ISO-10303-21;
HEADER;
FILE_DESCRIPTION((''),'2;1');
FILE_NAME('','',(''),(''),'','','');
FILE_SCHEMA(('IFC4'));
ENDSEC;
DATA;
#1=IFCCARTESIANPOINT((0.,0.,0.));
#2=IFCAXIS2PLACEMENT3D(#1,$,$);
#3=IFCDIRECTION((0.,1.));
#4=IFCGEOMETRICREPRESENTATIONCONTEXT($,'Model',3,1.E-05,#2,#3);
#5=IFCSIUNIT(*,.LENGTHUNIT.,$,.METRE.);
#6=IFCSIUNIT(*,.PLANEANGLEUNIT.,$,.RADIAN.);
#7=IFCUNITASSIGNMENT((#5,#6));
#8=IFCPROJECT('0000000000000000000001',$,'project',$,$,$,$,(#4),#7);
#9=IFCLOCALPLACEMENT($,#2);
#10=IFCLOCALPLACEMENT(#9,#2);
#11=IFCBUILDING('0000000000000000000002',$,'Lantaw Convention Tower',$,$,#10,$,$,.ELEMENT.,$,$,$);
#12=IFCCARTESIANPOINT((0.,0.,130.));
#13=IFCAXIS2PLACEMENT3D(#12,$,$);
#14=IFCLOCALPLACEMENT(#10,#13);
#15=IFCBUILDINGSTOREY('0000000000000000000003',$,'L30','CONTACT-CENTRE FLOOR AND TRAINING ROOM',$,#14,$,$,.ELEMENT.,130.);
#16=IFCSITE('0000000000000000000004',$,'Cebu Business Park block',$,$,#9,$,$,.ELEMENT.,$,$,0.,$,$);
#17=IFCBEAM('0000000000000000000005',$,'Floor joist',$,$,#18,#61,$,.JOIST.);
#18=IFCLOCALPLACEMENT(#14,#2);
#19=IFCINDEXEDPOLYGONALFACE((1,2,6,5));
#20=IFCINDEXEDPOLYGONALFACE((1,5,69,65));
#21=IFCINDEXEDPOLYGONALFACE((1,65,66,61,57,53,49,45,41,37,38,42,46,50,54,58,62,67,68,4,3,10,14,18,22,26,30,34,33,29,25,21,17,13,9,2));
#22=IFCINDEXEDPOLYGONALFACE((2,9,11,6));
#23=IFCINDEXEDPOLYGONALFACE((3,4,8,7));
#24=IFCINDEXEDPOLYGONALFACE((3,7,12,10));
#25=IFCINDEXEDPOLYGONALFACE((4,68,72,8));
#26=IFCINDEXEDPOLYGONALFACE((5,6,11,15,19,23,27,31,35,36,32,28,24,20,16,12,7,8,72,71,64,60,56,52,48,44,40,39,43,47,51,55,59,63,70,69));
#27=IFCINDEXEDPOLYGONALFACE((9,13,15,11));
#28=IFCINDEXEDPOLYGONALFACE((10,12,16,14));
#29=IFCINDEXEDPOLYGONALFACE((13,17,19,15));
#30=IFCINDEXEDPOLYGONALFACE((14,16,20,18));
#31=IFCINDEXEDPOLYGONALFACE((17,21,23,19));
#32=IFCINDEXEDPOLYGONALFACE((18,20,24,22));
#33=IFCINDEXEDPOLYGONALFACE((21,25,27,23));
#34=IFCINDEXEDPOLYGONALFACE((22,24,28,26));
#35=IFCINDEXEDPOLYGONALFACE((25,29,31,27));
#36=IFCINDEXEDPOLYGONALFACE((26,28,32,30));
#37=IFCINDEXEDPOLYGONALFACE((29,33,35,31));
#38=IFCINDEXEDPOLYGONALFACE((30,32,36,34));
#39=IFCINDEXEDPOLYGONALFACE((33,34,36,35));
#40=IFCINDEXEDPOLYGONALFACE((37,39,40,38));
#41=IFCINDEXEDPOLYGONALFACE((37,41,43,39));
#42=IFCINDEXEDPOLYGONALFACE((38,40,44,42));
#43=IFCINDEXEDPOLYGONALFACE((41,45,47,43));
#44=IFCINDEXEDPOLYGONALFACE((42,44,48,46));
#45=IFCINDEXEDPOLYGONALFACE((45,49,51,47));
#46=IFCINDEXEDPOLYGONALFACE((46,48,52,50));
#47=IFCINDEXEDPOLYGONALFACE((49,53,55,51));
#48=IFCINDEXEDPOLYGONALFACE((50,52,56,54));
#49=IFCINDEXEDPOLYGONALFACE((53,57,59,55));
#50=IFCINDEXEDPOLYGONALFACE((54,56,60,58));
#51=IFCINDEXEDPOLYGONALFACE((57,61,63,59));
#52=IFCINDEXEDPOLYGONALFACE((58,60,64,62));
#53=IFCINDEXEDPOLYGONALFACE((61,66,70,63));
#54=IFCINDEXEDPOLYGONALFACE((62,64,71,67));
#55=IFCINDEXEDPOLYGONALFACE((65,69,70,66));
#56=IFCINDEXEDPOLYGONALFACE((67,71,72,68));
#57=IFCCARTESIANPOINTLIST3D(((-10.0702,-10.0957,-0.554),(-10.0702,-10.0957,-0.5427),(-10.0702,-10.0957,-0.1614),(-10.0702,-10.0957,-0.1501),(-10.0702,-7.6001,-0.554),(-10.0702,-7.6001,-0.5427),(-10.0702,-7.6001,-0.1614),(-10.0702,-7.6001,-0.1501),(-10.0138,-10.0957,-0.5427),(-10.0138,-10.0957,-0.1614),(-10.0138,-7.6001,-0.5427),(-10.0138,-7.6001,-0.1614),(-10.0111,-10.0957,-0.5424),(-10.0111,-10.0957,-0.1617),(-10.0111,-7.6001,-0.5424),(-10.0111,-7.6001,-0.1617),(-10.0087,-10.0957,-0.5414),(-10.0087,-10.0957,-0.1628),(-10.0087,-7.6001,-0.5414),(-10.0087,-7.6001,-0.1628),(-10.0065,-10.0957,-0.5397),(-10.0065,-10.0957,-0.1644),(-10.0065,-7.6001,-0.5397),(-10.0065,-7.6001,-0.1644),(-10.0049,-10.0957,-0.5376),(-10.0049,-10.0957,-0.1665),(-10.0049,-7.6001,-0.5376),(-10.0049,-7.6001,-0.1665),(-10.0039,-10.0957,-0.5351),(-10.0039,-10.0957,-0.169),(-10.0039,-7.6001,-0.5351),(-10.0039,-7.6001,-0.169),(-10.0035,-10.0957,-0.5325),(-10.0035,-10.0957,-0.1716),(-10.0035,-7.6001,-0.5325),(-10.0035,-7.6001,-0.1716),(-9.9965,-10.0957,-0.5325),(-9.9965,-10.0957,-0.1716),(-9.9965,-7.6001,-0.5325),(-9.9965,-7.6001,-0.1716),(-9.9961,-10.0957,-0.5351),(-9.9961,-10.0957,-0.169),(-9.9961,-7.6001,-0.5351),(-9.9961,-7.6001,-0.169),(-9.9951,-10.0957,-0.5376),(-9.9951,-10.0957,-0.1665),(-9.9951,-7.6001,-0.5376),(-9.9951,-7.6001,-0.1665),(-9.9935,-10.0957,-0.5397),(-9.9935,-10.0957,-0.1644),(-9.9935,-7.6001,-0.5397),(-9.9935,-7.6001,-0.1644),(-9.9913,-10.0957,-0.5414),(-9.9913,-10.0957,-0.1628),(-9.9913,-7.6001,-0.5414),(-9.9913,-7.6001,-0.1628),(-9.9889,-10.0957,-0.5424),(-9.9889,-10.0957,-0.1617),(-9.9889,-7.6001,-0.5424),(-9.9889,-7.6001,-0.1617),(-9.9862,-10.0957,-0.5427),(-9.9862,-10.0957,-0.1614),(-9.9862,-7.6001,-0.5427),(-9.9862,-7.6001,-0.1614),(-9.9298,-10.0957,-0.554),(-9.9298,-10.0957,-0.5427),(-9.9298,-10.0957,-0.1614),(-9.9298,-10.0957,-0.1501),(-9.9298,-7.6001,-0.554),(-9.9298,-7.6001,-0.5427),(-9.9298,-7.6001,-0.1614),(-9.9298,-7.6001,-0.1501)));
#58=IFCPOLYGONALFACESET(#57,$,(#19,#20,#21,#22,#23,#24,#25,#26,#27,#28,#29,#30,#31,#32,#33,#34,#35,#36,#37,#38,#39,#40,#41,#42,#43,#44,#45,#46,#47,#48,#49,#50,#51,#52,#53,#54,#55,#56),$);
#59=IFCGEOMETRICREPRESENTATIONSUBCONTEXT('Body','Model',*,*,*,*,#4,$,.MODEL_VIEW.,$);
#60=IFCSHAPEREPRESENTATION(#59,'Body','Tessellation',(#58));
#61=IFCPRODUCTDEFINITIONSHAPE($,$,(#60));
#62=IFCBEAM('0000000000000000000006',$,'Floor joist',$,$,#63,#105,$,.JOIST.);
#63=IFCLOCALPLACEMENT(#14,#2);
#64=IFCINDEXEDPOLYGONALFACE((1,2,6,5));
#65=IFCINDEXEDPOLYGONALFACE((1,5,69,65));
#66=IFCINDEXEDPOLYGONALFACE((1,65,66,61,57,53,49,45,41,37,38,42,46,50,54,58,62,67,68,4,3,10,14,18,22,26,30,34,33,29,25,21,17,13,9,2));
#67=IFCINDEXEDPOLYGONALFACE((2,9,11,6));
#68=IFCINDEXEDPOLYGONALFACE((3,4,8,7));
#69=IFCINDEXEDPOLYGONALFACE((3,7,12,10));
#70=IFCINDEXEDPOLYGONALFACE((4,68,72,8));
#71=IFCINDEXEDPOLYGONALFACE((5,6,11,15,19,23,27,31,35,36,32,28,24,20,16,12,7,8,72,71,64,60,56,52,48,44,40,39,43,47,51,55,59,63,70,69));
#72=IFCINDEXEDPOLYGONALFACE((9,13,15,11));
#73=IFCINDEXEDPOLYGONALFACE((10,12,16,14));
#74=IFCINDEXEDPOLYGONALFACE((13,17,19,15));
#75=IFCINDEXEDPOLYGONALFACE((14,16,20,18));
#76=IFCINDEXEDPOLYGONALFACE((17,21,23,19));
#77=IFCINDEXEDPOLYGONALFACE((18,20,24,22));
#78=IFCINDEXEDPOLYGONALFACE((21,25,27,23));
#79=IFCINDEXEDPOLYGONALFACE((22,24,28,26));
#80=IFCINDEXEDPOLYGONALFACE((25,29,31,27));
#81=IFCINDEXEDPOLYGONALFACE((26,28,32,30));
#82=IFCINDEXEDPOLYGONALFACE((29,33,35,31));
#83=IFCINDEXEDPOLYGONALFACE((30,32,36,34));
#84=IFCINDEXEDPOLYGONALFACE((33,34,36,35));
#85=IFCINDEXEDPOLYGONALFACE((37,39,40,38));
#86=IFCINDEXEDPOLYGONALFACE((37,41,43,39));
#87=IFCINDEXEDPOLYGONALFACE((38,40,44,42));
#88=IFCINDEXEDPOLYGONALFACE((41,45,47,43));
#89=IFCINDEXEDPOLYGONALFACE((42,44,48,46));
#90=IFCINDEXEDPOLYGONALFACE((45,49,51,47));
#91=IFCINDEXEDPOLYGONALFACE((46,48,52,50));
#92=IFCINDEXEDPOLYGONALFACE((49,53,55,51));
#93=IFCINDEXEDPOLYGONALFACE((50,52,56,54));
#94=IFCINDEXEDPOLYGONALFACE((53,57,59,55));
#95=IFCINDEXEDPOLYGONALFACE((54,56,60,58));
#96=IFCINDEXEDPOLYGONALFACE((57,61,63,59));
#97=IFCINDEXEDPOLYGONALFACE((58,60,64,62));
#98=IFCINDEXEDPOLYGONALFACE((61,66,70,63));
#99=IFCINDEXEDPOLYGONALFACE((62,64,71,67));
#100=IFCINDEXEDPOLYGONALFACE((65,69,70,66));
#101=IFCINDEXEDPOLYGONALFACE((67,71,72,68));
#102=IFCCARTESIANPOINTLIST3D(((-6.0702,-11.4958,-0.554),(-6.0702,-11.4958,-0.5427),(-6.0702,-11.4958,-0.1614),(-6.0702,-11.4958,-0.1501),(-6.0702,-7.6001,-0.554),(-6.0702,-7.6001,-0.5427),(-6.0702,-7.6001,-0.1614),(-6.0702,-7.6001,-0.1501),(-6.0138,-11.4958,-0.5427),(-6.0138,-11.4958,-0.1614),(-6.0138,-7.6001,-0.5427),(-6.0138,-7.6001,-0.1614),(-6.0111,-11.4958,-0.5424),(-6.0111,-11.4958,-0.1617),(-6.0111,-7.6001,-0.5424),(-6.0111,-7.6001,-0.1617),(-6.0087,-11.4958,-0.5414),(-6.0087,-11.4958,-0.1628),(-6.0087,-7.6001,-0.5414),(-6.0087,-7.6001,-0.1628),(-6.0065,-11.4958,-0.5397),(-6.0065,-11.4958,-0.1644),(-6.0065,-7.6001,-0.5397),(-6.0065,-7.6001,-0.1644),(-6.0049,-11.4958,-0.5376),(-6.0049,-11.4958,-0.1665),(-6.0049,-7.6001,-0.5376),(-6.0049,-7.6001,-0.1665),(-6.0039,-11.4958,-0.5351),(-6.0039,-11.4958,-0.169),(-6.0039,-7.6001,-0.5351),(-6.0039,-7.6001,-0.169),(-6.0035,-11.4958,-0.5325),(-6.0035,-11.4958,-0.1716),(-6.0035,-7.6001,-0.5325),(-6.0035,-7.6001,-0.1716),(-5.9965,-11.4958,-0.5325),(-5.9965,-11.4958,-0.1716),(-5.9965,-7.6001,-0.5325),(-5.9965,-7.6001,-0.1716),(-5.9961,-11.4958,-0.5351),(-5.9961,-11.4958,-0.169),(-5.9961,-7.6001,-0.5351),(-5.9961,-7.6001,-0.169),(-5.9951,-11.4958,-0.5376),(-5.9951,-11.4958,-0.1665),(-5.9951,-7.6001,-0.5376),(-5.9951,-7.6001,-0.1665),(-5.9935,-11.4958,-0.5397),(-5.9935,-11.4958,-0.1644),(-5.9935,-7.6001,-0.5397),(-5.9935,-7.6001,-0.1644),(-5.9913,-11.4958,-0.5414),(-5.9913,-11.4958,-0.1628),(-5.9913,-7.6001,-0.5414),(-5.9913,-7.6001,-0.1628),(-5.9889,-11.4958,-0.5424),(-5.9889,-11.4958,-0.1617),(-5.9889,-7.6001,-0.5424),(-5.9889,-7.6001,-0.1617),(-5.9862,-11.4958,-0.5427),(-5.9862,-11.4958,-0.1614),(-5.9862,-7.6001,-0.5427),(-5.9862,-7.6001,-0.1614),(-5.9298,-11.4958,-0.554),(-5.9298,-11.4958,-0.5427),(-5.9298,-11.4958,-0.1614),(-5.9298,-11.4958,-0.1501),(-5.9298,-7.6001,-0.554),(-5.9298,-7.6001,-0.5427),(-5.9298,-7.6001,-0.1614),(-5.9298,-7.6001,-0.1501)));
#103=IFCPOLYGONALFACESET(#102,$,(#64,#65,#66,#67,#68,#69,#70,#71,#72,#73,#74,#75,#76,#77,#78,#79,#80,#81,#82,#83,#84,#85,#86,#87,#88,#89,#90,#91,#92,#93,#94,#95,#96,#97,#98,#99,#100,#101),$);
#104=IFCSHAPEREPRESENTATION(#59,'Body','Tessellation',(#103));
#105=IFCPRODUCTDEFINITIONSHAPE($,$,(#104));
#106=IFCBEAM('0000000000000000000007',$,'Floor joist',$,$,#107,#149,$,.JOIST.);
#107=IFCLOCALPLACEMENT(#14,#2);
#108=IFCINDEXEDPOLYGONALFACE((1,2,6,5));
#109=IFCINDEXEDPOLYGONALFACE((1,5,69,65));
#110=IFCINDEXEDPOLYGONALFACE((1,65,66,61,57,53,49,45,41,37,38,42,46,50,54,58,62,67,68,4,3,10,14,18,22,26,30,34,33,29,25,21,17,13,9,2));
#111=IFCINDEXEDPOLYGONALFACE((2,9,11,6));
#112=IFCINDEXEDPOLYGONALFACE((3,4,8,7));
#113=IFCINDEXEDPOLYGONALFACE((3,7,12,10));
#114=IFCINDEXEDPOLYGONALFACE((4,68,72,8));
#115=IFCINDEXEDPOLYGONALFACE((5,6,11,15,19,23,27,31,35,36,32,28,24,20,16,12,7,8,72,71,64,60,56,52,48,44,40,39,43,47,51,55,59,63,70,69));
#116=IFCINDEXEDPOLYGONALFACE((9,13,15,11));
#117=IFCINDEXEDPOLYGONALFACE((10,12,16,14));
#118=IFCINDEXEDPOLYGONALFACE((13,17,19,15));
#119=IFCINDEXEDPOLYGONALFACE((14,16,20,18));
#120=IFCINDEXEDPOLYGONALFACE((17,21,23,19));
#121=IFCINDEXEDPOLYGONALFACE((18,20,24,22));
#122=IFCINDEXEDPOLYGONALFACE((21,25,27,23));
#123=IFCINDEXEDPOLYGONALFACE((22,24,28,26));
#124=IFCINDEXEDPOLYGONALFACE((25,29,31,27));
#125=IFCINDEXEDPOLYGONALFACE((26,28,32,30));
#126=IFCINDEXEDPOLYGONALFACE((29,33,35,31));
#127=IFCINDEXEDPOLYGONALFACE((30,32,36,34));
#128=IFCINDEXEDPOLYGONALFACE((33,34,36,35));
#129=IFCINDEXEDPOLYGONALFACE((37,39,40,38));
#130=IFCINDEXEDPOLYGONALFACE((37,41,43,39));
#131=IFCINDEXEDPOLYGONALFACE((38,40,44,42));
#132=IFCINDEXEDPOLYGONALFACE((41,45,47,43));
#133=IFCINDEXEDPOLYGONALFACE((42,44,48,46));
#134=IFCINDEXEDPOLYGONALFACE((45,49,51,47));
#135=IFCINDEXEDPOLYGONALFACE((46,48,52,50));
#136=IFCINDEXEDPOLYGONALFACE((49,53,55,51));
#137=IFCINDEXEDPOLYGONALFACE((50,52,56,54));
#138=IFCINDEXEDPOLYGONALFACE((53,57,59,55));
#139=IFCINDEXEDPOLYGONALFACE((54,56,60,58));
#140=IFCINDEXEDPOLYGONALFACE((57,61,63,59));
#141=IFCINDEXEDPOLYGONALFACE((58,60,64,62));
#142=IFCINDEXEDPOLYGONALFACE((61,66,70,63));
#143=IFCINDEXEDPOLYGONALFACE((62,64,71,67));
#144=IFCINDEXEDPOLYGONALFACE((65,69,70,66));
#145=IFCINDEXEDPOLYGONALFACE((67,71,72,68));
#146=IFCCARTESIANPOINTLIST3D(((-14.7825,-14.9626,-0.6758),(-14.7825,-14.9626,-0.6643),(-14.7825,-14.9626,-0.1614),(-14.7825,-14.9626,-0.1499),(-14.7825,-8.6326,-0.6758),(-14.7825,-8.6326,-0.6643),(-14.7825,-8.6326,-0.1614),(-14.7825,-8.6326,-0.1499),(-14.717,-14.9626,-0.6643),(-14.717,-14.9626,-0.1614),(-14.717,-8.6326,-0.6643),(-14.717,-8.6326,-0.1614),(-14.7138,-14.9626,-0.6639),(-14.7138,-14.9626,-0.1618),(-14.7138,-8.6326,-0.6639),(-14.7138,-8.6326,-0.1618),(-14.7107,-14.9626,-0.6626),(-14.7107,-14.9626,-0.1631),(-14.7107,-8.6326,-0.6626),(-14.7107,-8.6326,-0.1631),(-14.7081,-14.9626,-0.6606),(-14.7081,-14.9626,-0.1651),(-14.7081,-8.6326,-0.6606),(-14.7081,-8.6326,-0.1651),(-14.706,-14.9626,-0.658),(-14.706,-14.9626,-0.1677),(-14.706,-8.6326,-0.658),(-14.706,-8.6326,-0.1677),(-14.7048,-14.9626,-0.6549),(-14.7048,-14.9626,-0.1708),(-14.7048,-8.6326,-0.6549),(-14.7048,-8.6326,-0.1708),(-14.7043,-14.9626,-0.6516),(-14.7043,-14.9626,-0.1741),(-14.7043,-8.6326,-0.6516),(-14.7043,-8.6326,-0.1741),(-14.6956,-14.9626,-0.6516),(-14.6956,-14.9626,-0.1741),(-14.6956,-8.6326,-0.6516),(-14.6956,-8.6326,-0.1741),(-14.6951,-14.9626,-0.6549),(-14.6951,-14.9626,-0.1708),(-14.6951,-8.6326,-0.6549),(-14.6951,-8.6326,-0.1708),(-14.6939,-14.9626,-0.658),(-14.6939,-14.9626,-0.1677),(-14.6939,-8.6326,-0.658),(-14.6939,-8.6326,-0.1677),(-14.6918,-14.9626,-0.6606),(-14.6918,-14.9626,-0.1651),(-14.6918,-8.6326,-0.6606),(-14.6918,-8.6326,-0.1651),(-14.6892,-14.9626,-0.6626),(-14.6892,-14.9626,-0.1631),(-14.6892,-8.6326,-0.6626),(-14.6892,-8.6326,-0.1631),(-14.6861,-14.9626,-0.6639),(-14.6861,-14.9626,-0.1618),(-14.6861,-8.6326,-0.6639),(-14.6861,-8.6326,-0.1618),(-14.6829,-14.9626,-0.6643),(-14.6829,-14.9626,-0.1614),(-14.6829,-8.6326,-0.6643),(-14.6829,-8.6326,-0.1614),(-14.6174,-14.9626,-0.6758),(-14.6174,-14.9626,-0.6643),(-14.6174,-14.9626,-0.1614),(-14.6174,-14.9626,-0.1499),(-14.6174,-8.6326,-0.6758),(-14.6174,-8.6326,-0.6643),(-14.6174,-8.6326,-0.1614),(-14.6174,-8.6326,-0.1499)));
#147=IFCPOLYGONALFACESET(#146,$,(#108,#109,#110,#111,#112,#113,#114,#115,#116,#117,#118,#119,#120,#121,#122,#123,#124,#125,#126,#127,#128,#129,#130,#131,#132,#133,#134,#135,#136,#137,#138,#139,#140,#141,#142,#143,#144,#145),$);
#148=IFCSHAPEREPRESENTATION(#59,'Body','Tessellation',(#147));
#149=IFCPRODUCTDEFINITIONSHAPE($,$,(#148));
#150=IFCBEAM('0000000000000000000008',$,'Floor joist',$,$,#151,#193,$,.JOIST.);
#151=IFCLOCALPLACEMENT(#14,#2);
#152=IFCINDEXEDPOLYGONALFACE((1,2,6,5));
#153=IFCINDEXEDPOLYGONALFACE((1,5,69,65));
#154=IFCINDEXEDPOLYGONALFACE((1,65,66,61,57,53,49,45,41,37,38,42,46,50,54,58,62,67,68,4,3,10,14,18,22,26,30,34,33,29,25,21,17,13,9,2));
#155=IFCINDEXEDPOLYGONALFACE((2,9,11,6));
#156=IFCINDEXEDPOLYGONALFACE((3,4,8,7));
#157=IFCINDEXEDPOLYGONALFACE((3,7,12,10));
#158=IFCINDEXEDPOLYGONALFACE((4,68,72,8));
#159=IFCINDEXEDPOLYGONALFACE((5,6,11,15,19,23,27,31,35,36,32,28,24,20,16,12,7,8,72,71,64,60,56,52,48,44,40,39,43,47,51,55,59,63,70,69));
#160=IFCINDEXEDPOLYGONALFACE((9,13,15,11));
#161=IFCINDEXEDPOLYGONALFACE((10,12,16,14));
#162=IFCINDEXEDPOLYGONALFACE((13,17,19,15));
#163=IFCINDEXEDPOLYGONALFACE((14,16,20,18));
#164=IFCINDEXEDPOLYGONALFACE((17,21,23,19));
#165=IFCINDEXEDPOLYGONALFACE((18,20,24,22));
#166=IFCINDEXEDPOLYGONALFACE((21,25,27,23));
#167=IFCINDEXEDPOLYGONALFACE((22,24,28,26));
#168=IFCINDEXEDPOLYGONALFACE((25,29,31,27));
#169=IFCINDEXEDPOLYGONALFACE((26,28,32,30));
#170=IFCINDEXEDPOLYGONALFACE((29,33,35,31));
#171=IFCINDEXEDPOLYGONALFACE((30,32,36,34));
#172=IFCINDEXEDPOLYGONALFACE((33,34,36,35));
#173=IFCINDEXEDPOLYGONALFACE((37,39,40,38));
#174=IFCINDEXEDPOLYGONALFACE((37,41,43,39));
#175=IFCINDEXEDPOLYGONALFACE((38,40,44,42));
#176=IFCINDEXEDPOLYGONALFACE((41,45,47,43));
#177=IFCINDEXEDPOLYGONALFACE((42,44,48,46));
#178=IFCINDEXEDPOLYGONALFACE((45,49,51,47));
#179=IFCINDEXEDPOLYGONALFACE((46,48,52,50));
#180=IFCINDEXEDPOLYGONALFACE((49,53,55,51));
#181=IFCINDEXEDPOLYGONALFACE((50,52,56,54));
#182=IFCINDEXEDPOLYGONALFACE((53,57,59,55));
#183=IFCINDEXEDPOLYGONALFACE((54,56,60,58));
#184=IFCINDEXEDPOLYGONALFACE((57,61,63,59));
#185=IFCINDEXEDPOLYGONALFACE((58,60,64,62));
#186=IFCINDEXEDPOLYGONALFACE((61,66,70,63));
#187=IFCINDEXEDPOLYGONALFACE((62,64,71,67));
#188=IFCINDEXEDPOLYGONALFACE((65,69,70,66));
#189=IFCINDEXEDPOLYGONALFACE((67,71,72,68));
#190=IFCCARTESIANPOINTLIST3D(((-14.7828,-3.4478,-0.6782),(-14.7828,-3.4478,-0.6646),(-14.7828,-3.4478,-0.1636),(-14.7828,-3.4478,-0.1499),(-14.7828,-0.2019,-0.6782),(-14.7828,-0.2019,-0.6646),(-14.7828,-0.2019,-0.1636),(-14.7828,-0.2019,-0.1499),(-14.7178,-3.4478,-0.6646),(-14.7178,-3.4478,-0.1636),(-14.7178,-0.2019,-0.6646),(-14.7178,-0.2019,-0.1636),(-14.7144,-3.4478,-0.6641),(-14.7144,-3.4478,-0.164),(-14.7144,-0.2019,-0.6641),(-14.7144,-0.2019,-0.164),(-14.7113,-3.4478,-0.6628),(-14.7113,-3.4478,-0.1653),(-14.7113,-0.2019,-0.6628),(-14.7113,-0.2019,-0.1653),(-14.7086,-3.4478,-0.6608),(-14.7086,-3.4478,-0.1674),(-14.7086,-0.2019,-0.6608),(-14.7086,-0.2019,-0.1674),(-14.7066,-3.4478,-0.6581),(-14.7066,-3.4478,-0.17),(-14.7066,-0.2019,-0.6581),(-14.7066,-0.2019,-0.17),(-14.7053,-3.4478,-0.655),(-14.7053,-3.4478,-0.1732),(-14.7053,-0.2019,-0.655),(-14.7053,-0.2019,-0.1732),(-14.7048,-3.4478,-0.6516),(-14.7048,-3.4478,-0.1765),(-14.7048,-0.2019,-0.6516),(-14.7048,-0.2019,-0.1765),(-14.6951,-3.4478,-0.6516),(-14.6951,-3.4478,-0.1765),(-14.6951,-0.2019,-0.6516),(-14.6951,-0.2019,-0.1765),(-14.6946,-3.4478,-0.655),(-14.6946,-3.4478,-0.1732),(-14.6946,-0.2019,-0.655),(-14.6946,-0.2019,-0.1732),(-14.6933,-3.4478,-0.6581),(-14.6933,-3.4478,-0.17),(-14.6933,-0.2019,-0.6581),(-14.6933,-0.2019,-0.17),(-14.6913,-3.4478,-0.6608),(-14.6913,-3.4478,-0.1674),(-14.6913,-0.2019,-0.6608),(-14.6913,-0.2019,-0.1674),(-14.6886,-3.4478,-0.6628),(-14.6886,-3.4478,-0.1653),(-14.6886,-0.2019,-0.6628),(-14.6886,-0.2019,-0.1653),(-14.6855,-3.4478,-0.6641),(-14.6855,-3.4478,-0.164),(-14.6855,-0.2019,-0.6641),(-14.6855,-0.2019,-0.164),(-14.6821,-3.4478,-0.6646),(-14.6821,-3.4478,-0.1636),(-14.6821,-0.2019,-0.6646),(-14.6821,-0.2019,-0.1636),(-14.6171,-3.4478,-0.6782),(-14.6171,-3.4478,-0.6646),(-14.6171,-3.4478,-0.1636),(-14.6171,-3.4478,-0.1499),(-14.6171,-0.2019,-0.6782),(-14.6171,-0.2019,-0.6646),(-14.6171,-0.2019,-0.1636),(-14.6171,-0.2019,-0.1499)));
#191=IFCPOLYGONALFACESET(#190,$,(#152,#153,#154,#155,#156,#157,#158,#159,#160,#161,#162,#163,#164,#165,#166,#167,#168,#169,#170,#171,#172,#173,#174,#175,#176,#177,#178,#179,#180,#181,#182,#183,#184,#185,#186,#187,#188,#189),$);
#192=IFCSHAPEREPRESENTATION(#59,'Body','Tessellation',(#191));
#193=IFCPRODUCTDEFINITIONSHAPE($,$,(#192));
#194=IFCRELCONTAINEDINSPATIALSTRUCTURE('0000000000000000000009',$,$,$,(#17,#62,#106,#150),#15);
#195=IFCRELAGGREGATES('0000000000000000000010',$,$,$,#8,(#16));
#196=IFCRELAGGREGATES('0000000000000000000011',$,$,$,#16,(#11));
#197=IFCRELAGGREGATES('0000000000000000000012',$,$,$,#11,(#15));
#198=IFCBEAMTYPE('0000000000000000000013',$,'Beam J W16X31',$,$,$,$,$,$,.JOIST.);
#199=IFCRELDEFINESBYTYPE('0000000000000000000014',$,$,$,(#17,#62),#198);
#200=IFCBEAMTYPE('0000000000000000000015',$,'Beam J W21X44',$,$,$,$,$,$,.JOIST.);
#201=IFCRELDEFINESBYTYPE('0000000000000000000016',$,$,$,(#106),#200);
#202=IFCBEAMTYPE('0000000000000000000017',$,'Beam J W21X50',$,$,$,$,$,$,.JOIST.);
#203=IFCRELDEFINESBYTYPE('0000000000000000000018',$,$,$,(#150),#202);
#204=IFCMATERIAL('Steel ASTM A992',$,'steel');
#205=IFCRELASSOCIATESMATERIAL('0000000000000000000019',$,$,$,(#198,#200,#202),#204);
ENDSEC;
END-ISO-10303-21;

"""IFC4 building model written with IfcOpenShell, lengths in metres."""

from ifc_helpers import new_model, si_unit, direction, frame, origin, origin_2d, place, context, subcontext, project, spatial, i_section, extrude, material, material_profile, profile_set, type_object, element, save


model = new_model("IFC4")

# Units and contexts
model_context = context("Model", 3, precision=1e-05, world=origin(), true_north=direction((0.0, 1.0)))
body_context = subcontext(model_context, "Body", "Model", "MODEL_VIEW")
ifc_project = project(units=[si_unit("LENGTHUNIT", "METRE"), si_unit("PLANEANGLEUNIT", "RADIAN")], contexts=[model_context])

# Site, building, storey
site_placement = place(None, origin())
site = spatial("IfcSite", under=ifc_project, at=site_placement, Name="Cebu Business Park block", CompositionType="ELEMENT", RefElevation=0.0)
building_placement = place(site_placement, origin())
building = spatial("IfcBuilding", under=site, at=building_placement, Name="Lantaw Convention Tower", CompositionType="ELEMENT")
storey_placement = place(building_placement, frame((0.0, 0.0, 130.0)))
storey = spatial("IfcBuildingStorey", under=building, at=storey_placement, Name="L30", Description="CONTACT-CENTRE FLOOR AND TRAINING ROOM", CompositionType="ELEMENT", Elevation=130.0)

# Beams
ifc_material_1 = material(Name="Steel ASTM A992", Category="steel")
ifc_material_profile_1 = material_profile(ifc_material_1, i_section(OverallWidth=0.1404, OverallDepth=0.4038, WebThickness=0.0071, FlangeThickness=0.0112, FilletRadius=0.0103, at=origin_2d()), Name="W16X31")
ifc_profile_set_1 = profile_set([ifc_material_profile_1], Name="Steel ASTM A992")
beam_type_1 = type_object("IfcBeamType", Name="Beam J W16X31", PredefinedType="JOIST", material=ifc_profile_set_1)
beam_1_placement = place(storey_placement, frame((-10.0, -10.0957, -0.3521), z_axis=(0.0, 1.0, 0.0), x_axis=(-1.0, 0.0, 0.0)))
element("IfcBeam", 1, at=beam_1_placement, inside=storey, type_object=beam_type_1, Name="Floor joist", PredefinedType="JOIST", context=body_context, shape_type="SweptSolid", body=[
    extrude(i_section(OverallWidth=0.1404, OverallDepth=0.4038, WebThickness=0.0071, FlangeThickness=0.0112, FilletRadius=0.0103, at=origin_2d()), origin(), (0.0, 0.0, 1.0), 2.4956),
])
beam_2_placement = place(storey_placement, frame((-6.0, -11.4958, -0.3521), z_axis=(0.0, 1.0, 0.0), x_axis=(-1.0, 0.0, 0.0)))
element("IfcBeam", 2, at=beam_2_placement, inside=storey, type_object=beam_type_1, Name="Floor joist", PredefinedType="JOIST", context=body_context, shape_type="SweptSolid", body=[
    extrude(i_section(OverallWidth=0.1404, OverallDepth=0.4038, WebThickness=0.0071, FlangeThickness=0.0112, FilletRadius=0.0103, at=origin_2d()), origin(), (0.0, 0.0, 1.0), 3.8958),
])
ifc_material_profile_2 = material_profile(ifc_material_1, i_section(OverallWidth=0.165, OverallDepth=0.5259, WebThickness=0.0088, FlangeThickness=0.0115, FilletRadius=0.0127, at=origin_2d()), Name="W21X44")
ifc_profile_set_2 = profile_set([ifc_material_profile_2], Name="Steel ASTM A992")
beam_type_2 = type_object("IfcBeamType", Name="Beam J W21X44", PredefinedType="JOIST", material=ifc_profile_set_2)
beam_3_placement = place(storey_placement, frame((-14.7, -14.9626, -0.4128), z_axis=(0.0, 1.0, 0.0), x_axis=(-1.0, 0.0, 0.0)))
element("IfcBeam", 3, at=beam_3_placement, inside=storey, type_object=beam_type_2, Name="Floor joist", PredefinedType="JOIST", context=body_context, shape_type="SweptSolid", body=[
    extrude(i_section(OverallWidth=0.165, OverallDepth=0.5259, WebThickness=0.0088, FlangeThickness=0.0115, FilletRadius=0.0127, at=origin_2d()), origin(), (0.0, 0.0, 1.0), 6.3301),
])
ifc_material_profile_3 = material_profile(ifc_material_1, i_section(OverallWidth=0.1658, OverallDepth=0.5283, WebThickness=0.0098, FlangeThickness=0.0137, FilletRadius=0.0129, at=origin_2d()), Name="W21X50")
ifc_profile_set_3 = profile_set([ifc_material_profile_3], Name="Steel ASTM A992")
beam_type_3 = type_object("IfcBeamType", Name="Beam J W21X50", PredefinedType="JOIST", material=ifc_profile_set_3)
beam_4_placement = place(storey_placement, frame((-14.7, -3.4478, -0.4141), z_axis=(0.0, 1.0, 0.0), x_axis=(-1.0, 0.0, 0.0)))
element("IfcBeam", 4, at=beam_4_placement, inside=storey, type_object=beam_type_3, Name="Floor joist", PredefinedType="JOIST", context=body_context, shape_type="SweptSolid", body=[
    extrude(i_section(OverallWidth=0.1658, OverallDepth=0.5283, WebThickness=0.0098, FlangeThickness=0.0137, FilletRadius=0.0129, at=origin_2d()), origin(), (0.0, 0.0, 1.0), 3.2458),
])

save(model, "model.ifc")
